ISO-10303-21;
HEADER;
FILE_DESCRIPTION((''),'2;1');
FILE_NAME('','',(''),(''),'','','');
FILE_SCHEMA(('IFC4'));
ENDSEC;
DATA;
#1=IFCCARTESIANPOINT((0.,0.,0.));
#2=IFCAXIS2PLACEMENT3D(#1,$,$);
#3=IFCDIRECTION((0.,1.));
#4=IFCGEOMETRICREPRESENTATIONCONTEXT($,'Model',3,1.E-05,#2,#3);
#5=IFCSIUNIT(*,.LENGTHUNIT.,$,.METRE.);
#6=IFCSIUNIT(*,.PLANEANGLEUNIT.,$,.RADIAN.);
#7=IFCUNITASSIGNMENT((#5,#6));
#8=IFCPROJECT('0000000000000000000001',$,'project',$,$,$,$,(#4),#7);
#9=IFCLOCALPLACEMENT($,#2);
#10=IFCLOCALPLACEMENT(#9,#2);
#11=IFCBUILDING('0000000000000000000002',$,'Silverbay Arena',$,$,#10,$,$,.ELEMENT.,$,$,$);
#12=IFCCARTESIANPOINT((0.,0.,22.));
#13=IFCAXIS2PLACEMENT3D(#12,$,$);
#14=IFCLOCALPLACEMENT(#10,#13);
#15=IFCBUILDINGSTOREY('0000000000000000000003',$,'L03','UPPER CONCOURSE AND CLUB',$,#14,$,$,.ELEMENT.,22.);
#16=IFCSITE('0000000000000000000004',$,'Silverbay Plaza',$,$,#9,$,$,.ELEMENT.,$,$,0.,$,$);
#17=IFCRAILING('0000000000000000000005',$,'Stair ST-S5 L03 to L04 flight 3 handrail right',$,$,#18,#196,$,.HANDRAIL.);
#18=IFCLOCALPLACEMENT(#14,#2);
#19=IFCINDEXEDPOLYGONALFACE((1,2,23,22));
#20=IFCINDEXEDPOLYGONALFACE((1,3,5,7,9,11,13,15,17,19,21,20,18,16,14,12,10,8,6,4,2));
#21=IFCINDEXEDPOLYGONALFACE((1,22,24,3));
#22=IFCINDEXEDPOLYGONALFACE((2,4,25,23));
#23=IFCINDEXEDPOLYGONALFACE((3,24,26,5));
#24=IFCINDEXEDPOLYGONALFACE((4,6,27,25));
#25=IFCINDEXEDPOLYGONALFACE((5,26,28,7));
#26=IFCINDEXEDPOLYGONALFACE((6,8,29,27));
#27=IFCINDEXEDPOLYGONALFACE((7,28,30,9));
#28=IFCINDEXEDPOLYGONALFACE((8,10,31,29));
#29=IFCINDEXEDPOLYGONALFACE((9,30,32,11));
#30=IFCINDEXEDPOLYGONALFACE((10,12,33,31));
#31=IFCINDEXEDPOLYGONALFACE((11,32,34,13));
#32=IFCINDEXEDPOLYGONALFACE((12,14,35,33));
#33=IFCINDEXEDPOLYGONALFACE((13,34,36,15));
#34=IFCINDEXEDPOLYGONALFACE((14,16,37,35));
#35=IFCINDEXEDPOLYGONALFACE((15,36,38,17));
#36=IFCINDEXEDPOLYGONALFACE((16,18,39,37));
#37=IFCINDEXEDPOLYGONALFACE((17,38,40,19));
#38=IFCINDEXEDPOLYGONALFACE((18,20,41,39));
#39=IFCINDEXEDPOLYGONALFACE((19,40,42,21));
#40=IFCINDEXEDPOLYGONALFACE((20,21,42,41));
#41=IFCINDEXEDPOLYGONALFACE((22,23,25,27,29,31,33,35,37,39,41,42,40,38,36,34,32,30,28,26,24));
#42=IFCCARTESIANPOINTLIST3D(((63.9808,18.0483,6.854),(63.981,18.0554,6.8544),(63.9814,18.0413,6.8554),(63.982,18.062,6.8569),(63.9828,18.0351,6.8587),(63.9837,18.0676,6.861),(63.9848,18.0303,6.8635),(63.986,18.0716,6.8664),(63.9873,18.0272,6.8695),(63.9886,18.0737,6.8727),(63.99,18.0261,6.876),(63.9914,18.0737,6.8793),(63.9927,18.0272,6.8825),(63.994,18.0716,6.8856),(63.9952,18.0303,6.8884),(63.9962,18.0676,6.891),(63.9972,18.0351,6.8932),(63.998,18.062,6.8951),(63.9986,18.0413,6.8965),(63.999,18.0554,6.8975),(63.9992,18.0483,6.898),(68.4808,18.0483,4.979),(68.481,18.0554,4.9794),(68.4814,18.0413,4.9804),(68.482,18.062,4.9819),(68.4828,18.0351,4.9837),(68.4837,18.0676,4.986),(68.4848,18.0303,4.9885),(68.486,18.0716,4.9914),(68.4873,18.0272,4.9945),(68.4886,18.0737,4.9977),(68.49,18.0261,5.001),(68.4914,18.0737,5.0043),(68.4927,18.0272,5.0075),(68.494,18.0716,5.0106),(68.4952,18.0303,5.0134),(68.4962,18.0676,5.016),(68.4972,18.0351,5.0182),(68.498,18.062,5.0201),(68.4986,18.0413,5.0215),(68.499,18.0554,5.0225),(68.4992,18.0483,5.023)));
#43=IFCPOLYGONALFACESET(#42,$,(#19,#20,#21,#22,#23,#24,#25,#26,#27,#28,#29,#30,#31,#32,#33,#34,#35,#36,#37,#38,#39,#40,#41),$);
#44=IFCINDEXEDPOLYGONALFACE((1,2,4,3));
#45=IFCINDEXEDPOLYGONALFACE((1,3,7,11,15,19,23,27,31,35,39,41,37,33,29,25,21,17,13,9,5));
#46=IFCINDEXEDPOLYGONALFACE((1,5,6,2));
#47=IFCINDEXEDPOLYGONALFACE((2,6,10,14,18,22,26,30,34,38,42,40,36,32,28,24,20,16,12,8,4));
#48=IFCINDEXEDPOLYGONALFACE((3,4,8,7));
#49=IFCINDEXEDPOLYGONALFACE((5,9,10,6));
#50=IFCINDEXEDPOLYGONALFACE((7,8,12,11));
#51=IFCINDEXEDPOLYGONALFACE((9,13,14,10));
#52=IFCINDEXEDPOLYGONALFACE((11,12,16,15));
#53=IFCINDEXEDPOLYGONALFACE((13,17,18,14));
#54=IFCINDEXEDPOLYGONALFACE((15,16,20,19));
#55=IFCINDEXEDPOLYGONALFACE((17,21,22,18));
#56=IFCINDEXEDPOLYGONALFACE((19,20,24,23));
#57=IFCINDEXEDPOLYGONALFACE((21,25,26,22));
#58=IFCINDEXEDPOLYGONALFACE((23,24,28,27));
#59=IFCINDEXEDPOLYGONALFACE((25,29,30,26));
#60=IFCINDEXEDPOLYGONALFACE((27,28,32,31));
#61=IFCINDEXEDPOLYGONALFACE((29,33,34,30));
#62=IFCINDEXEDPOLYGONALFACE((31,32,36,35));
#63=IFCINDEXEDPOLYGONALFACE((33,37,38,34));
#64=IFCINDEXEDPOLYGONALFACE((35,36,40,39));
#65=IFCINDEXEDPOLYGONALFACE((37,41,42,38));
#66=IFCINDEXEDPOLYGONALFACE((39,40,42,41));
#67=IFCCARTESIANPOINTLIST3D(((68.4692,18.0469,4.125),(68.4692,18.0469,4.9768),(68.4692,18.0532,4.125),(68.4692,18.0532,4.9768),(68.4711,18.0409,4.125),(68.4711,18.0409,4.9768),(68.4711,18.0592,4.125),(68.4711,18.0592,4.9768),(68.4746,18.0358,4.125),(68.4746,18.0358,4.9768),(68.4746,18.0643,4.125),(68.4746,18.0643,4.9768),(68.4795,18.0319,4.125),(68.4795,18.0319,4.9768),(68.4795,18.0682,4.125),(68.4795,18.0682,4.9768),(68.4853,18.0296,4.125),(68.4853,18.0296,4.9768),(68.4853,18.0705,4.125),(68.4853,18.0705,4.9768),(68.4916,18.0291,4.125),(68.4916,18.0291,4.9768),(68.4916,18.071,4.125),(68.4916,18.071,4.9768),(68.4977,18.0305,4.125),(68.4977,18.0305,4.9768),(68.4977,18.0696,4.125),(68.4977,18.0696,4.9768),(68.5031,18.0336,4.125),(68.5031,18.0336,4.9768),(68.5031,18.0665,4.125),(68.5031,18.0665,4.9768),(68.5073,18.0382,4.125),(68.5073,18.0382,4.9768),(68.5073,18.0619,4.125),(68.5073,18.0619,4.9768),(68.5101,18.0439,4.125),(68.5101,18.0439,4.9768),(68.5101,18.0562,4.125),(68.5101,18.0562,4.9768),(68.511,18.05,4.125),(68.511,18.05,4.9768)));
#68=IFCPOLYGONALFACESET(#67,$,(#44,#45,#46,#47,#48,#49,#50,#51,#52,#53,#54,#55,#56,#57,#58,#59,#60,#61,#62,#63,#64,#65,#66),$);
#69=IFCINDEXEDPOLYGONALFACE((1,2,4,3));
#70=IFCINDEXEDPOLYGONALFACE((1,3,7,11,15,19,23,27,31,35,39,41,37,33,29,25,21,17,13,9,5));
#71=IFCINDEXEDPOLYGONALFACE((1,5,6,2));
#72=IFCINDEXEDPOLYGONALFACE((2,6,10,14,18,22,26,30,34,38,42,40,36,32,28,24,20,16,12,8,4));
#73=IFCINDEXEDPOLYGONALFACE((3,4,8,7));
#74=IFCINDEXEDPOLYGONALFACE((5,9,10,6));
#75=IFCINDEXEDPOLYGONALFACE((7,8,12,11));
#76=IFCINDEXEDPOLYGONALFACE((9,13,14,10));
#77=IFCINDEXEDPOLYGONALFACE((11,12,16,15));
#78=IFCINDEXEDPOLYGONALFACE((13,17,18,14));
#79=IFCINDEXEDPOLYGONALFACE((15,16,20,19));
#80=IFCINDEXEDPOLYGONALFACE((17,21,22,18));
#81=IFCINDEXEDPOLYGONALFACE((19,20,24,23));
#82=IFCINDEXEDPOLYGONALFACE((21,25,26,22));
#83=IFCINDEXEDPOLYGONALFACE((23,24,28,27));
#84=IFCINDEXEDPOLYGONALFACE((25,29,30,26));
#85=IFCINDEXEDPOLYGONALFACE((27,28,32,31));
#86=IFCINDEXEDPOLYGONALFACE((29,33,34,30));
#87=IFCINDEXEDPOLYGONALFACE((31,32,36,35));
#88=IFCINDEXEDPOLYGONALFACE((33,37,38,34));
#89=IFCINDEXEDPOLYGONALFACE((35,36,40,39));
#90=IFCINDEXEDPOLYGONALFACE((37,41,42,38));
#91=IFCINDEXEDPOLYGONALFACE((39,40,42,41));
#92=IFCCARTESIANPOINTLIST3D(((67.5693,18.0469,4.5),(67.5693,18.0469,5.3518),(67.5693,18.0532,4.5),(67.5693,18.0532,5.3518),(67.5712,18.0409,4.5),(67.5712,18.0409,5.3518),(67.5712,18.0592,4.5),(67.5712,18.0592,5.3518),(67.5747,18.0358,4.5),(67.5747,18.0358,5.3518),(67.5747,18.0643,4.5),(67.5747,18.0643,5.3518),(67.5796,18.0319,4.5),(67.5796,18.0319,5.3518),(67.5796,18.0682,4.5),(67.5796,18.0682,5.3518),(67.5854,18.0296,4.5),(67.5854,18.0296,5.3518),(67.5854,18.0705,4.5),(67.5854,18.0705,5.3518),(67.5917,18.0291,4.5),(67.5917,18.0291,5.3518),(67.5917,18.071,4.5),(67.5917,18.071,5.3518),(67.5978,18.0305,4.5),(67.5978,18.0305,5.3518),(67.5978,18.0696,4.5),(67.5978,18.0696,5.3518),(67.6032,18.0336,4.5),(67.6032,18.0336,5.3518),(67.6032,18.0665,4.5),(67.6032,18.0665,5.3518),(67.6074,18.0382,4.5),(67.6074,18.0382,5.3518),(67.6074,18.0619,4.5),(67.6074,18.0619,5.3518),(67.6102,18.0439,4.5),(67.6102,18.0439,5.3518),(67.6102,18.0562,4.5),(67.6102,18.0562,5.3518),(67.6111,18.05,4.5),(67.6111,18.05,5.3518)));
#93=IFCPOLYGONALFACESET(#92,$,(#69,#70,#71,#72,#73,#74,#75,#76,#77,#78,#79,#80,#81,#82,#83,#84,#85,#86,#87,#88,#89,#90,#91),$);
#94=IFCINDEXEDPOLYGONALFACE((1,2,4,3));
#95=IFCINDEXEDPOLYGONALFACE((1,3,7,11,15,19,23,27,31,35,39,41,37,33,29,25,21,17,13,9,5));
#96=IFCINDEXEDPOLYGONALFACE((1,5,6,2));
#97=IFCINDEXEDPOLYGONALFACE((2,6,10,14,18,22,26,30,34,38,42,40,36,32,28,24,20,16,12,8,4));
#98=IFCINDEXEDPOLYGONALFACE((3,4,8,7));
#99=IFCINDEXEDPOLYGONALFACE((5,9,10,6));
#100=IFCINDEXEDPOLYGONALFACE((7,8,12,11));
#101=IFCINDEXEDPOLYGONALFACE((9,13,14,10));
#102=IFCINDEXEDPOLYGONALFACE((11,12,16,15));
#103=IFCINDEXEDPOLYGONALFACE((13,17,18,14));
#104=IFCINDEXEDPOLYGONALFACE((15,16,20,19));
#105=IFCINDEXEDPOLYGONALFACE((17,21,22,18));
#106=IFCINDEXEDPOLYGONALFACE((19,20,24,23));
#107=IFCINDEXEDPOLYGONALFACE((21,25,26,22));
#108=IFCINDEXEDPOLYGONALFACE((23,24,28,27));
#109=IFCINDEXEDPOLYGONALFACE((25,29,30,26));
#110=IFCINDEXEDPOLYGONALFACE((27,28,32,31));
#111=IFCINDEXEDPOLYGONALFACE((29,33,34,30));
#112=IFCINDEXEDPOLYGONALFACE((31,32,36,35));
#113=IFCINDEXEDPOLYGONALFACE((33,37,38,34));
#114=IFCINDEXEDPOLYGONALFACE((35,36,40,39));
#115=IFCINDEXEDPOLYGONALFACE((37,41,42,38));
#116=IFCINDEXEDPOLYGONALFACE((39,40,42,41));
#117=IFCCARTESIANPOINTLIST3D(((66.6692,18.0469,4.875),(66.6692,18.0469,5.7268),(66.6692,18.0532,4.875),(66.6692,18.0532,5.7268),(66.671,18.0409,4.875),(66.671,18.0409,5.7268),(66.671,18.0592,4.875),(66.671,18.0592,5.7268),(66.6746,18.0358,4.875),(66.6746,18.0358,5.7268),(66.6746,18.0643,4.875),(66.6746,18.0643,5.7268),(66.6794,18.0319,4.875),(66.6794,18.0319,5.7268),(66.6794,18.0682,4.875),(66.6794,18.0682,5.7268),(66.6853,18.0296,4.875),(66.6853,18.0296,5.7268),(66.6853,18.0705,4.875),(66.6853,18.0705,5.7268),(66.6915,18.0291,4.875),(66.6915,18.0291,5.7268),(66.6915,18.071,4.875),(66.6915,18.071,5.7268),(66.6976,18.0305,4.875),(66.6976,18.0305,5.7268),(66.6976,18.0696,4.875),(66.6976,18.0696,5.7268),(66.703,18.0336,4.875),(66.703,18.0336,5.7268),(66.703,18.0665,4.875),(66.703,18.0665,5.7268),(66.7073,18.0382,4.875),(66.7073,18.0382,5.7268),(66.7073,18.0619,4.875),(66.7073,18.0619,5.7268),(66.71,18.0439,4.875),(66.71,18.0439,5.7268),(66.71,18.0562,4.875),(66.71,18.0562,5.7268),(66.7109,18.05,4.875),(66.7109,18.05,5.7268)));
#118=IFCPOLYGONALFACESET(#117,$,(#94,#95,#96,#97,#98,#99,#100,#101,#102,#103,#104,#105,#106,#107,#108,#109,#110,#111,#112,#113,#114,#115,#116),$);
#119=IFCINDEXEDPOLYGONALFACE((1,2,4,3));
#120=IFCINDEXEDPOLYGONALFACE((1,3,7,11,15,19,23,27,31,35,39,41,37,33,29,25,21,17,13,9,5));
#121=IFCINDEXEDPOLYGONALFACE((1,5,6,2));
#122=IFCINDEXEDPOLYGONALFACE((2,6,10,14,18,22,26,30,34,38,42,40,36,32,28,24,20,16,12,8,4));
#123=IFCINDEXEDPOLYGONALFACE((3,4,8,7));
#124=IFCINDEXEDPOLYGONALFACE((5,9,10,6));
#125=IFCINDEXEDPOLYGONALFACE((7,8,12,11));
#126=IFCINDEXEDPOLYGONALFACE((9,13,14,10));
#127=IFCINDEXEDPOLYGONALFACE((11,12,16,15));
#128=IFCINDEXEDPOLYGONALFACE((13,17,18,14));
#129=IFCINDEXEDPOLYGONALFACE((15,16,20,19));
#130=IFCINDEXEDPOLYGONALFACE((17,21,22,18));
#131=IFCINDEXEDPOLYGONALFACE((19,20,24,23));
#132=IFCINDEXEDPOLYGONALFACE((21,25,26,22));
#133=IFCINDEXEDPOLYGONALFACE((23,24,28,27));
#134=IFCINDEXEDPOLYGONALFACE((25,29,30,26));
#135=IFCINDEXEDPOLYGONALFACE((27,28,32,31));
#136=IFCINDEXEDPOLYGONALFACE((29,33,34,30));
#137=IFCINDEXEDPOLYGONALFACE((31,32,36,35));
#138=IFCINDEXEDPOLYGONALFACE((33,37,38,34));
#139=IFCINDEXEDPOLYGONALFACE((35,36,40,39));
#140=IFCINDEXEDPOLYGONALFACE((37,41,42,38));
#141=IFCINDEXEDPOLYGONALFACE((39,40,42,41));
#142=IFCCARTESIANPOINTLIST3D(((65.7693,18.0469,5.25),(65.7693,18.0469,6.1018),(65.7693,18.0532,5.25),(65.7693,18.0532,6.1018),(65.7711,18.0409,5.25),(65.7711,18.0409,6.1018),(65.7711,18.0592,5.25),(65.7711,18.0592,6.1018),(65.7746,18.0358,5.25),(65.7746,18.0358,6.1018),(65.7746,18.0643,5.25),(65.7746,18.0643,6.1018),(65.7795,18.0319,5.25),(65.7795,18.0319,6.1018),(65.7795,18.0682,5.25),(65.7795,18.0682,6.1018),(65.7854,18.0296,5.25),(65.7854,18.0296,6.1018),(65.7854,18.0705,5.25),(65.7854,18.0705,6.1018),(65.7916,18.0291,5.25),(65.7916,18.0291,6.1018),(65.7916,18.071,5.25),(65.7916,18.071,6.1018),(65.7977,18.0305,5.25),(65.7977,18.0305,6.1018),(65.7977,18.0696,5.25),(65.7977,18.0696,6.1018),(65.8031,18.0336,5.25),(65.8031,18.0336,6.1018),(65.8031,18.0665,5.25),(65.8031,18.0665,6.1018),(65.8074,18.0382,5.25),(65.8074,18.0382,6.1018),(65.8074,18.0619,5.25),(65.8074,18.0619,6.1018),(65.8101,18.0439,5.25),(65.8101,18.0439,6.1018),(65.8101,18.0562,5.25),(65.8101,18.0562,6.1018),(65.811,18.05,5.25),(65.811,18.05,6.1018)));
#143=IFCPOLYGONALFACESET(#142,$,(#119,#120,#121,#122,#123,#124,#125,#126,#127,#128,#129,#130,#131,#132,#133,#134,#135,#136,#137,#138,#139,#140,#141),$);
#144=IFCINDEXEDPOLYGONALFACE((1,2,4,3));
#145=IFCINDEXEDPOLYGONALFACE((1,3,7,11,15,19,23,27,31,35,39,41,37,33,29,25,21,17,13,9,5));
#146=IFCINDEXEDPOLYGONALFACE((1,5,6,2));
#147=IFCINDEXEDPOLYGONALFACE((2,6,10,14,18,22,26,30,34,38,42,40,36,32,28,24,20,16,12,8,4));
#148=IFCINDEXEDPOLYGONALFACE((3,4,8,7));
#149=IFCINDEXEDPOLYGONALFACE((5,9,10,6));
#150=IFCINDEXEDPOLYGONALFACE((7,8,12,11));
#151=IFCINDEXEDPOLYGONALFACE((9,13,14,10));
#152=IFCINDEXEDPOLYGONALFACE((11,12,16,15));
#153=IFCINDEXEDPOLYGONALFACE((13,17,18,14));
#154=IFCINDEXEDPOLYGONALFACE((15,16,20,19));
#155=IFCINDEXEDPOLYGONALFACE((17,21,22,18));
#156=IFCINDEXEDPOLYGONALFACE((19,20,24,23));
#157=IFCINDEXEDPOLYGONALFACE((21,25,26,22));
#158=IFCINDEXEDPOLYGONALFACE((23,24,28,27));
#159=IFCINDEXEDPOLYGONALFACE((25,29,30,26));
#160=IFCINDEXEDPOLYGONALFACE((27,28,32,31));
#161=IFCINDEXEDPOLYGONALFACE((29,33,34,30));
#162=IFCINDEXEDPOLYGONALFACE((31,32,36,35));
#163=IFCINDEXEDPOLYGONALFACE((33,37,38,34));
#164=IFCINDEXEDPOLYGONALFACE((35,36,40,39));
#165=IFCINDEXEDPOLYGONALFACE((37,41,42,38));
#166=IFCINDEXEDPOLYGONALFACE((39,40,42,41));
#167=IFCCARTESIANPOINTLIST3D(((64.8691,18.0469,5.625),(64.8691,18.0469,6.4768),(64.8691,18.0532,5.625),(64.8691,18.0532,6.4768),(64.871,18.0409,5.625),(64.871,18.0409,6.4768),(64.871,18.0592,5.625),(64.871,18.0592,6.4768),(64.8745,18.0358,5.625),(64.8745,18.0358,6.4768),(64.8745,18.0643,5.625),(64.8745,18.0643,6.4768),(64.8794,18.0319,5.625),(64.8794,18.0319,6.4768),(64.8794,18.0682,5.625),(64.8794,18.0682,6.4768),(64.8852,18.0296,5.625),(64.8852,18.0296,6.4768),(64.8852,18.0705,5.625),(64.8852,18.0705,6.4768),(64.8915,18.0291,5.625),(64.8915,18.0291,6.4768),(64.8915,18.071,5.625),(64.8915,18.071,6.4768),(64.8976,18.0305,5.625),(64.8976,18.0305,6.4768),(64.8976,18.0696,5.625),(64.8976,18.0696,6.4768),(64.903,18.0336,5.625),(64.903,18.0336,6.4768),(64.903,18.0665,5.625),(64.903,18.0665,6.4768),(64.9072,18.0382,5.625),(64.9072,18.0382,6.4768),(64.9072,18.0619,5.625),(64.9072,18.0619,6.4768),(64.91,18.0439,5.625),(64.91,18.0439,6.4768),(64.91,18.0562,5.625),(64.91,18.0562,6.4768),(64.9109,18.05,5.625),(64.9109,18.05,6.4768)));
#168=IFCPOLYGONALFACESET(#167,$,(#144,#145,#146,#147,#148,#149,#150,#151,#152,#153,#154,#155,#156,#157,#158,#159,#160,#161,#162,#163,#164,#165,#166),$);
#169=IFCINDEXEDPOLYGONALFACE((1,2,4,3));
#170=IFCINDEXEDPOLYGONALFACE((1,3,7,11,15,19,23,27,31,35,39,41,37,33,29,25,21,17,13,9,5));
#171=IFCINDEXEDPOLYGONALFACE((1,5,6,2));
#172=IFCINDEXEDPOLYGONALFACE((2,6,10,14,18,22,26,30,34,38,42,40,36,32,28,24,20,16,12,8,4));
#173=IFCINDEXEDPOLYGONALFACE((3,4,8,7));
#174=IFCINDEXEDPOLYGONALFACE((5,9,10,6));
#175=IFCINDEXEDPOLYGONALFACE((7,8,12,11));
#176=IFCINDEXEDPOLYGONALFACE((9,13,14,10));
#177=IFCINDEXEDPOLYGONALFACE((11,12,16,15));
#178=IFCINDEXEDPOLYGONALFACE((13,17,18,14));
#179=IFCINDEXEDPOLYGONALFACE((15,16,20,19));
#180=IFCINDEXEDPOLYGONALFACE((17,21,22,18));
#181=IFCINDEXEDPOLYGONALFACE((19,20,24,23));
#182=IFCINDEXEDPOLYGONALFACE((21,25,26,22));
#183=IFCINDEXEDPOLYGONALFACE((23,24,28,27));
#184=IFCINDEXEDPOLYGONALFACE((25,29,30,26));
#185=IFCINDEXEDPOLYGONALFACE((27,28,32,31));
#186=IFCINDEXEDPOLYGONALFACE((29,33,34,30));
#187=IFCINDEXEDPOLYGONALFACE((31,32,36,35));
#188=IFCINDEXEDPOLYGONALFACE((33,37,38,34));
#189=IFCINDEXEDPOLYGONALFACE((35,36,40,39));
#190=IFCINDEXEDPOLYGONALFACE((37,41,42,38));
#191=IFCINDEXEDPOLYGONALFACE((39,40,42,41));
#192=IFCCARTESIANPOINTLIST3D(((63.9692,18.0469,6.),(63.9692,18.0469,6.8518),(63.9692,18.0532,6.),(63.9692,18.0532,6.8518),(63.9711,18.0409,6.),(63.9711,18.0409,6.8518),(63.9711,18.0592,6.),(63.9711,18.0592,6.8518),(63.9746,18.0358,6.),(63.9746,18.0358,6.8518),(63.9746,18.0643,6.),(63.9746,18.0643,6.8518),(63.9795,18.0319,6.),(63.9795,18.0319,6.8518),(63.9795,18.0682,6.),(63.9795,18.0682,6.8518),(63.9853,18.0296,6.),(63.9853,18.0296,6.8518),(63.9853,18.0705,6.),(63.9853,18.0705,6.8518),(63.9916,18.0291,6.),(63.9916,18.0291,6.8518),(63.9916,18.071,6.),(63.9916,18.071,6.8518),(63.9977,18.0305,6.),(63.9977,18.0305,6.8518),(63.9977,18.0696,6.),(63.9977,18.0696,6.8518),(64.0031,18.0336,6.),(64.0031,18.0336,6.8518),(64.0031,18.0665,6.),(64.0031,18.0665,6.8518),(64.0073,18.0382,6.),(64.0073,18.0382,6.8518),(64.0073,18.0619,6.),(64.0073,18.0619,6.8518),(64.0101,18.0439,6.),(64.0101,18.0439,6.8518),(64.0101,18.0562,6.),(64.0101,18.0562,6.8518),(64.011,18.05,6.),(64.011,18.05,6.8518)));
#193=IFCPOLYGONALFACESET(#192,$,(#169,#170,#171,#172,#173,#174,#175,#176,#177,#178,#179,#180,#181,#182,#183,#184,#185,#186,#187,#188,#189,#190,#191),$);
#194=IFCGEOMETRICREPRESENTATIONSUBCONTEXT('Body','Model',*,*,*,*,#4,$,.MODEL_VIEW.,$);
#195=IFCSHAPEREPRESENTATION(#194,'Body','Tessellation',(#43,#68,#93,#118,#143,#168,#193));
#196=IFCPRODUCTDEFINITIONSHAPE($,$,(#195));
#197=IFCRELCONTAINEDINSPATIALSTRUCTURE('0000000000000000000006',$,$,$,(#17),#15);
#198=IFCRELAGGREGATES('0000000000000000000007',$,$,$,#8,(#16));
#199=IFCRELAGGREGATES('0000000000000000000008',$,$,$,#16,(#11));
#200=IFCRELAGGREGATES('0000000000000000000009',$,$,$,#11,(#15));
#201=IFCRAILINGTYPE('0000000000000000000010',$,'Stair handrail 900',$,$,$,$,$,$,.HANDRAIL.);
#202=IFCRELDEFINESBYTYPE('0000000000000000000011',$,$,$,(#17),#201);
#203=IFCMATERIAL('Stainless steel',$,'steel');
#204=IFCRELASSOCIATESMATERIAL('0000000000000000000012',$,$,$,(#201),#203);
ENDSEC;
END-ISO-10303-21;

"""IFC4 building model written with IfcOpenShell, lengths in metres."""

from ifc_helpers import new_model, si_unit, direction, frame, origin, origin_2d, place, context, subcontext, project, spatial, circle, extrude, material, type_object, element, save


model = new_model("IFC4")

# Units and contexts
model_context = context("Model", 3, precision=1e-05, world=origin(), true_north=direction((0.0, 1.0)))
body_context = subcontext(model_context, "Body", "Model", "MODEL_VIEW")
ifc_project = project(units=[si_unit("LENGTHUNIT", "METRE"), si_unit("PLANEANGLEUNIT", "RADIAN")], contexts=[model_context])

# Site, building, storey
site_placement = place(None, origin())
site = spatial("IfcSite", under=ifc_project, at=site_placement, Name="Silverbay Plaza", CompositionType="ELEMENT", RefElevation=0.0)
building_placement = place(site_placement, origin())
building = spatial("IfcBuilding", under=site, at=building_placement, Name="Silverbay Arena", CompositionType="ELEMENT")
storey_placement = place(building_placement, frame((0.0, 0.0, 22.0)))
storey = spatial("IfcBuildingStorey", under=building, at=storey_placement, Name="L03", Description="UPPER CONCOURSE AND CLUB", CompositionType="ELEMENT", Elevation=22.0)

# Railing
ifc_material_1 = material(Name="Stainless steel", Category="steel")
railing_type_1 = type_object("IfcRailingType", Name="Stair handrail 900", PredefinedType="HANDRAIL", material=ifc_material_1)
railing_1_placement = place(storey_placement, frame((68.49, 18.05, 4.125)))
element("IfcRailing", 1, at=railing_1_placement, inside=storey, type_object=railing_type_1, Name="Stair ST-S5 L03 to L04 flight 3 handrail right", PredefinedType="HANDRAIL", context=body_context, shape_type="SweptSolid", body=[
    extrude(circle(Radius=0.0239, at=origin_2d()), frame((0.0, 0.0, 0.876), z_axis=(-0.923077, 0.0, 0.384615), x_axis=(0.0, -1.0, 0.0)), (0.0, 0.0, 1.0), 4.875),
    extrude(circle(Radius=0.021, at=origin_2d()), origin(), (0.0, 0.0, 1.0), 0.8518),
    extrude(circle(Radius=0.021, at=origin_2d()), frame((-0.8999, 0.0, 0.375)), (0.0, 0.0, 1.0), 0.8518),
    extrude(circle(Radius=0.021, at=origin_2d()), frame((-1.8, 0.0, 0.75)), (0.0, 0.0, 1.0), 0.8518),
    extrude(circle(Radius=0.021, at=origin_2d()), frame((-2.7, 0.0, 1.125)), (0.0, 0.0, 1.0), 0.8518),
    extrude(circle(Radius=0.021, at=origin_2d()), frame((-3.6001, 0.0, 1.5)), (0.0, 0.0, 1.0), 0.8518),
    extrude(circle(Radius=0.021, at=origin_2d()), frame((-4.5, 0.0, 1.875)), (0.0, 0.0, 1.0), 0.8518),
])

save(model, "model.ifc")
